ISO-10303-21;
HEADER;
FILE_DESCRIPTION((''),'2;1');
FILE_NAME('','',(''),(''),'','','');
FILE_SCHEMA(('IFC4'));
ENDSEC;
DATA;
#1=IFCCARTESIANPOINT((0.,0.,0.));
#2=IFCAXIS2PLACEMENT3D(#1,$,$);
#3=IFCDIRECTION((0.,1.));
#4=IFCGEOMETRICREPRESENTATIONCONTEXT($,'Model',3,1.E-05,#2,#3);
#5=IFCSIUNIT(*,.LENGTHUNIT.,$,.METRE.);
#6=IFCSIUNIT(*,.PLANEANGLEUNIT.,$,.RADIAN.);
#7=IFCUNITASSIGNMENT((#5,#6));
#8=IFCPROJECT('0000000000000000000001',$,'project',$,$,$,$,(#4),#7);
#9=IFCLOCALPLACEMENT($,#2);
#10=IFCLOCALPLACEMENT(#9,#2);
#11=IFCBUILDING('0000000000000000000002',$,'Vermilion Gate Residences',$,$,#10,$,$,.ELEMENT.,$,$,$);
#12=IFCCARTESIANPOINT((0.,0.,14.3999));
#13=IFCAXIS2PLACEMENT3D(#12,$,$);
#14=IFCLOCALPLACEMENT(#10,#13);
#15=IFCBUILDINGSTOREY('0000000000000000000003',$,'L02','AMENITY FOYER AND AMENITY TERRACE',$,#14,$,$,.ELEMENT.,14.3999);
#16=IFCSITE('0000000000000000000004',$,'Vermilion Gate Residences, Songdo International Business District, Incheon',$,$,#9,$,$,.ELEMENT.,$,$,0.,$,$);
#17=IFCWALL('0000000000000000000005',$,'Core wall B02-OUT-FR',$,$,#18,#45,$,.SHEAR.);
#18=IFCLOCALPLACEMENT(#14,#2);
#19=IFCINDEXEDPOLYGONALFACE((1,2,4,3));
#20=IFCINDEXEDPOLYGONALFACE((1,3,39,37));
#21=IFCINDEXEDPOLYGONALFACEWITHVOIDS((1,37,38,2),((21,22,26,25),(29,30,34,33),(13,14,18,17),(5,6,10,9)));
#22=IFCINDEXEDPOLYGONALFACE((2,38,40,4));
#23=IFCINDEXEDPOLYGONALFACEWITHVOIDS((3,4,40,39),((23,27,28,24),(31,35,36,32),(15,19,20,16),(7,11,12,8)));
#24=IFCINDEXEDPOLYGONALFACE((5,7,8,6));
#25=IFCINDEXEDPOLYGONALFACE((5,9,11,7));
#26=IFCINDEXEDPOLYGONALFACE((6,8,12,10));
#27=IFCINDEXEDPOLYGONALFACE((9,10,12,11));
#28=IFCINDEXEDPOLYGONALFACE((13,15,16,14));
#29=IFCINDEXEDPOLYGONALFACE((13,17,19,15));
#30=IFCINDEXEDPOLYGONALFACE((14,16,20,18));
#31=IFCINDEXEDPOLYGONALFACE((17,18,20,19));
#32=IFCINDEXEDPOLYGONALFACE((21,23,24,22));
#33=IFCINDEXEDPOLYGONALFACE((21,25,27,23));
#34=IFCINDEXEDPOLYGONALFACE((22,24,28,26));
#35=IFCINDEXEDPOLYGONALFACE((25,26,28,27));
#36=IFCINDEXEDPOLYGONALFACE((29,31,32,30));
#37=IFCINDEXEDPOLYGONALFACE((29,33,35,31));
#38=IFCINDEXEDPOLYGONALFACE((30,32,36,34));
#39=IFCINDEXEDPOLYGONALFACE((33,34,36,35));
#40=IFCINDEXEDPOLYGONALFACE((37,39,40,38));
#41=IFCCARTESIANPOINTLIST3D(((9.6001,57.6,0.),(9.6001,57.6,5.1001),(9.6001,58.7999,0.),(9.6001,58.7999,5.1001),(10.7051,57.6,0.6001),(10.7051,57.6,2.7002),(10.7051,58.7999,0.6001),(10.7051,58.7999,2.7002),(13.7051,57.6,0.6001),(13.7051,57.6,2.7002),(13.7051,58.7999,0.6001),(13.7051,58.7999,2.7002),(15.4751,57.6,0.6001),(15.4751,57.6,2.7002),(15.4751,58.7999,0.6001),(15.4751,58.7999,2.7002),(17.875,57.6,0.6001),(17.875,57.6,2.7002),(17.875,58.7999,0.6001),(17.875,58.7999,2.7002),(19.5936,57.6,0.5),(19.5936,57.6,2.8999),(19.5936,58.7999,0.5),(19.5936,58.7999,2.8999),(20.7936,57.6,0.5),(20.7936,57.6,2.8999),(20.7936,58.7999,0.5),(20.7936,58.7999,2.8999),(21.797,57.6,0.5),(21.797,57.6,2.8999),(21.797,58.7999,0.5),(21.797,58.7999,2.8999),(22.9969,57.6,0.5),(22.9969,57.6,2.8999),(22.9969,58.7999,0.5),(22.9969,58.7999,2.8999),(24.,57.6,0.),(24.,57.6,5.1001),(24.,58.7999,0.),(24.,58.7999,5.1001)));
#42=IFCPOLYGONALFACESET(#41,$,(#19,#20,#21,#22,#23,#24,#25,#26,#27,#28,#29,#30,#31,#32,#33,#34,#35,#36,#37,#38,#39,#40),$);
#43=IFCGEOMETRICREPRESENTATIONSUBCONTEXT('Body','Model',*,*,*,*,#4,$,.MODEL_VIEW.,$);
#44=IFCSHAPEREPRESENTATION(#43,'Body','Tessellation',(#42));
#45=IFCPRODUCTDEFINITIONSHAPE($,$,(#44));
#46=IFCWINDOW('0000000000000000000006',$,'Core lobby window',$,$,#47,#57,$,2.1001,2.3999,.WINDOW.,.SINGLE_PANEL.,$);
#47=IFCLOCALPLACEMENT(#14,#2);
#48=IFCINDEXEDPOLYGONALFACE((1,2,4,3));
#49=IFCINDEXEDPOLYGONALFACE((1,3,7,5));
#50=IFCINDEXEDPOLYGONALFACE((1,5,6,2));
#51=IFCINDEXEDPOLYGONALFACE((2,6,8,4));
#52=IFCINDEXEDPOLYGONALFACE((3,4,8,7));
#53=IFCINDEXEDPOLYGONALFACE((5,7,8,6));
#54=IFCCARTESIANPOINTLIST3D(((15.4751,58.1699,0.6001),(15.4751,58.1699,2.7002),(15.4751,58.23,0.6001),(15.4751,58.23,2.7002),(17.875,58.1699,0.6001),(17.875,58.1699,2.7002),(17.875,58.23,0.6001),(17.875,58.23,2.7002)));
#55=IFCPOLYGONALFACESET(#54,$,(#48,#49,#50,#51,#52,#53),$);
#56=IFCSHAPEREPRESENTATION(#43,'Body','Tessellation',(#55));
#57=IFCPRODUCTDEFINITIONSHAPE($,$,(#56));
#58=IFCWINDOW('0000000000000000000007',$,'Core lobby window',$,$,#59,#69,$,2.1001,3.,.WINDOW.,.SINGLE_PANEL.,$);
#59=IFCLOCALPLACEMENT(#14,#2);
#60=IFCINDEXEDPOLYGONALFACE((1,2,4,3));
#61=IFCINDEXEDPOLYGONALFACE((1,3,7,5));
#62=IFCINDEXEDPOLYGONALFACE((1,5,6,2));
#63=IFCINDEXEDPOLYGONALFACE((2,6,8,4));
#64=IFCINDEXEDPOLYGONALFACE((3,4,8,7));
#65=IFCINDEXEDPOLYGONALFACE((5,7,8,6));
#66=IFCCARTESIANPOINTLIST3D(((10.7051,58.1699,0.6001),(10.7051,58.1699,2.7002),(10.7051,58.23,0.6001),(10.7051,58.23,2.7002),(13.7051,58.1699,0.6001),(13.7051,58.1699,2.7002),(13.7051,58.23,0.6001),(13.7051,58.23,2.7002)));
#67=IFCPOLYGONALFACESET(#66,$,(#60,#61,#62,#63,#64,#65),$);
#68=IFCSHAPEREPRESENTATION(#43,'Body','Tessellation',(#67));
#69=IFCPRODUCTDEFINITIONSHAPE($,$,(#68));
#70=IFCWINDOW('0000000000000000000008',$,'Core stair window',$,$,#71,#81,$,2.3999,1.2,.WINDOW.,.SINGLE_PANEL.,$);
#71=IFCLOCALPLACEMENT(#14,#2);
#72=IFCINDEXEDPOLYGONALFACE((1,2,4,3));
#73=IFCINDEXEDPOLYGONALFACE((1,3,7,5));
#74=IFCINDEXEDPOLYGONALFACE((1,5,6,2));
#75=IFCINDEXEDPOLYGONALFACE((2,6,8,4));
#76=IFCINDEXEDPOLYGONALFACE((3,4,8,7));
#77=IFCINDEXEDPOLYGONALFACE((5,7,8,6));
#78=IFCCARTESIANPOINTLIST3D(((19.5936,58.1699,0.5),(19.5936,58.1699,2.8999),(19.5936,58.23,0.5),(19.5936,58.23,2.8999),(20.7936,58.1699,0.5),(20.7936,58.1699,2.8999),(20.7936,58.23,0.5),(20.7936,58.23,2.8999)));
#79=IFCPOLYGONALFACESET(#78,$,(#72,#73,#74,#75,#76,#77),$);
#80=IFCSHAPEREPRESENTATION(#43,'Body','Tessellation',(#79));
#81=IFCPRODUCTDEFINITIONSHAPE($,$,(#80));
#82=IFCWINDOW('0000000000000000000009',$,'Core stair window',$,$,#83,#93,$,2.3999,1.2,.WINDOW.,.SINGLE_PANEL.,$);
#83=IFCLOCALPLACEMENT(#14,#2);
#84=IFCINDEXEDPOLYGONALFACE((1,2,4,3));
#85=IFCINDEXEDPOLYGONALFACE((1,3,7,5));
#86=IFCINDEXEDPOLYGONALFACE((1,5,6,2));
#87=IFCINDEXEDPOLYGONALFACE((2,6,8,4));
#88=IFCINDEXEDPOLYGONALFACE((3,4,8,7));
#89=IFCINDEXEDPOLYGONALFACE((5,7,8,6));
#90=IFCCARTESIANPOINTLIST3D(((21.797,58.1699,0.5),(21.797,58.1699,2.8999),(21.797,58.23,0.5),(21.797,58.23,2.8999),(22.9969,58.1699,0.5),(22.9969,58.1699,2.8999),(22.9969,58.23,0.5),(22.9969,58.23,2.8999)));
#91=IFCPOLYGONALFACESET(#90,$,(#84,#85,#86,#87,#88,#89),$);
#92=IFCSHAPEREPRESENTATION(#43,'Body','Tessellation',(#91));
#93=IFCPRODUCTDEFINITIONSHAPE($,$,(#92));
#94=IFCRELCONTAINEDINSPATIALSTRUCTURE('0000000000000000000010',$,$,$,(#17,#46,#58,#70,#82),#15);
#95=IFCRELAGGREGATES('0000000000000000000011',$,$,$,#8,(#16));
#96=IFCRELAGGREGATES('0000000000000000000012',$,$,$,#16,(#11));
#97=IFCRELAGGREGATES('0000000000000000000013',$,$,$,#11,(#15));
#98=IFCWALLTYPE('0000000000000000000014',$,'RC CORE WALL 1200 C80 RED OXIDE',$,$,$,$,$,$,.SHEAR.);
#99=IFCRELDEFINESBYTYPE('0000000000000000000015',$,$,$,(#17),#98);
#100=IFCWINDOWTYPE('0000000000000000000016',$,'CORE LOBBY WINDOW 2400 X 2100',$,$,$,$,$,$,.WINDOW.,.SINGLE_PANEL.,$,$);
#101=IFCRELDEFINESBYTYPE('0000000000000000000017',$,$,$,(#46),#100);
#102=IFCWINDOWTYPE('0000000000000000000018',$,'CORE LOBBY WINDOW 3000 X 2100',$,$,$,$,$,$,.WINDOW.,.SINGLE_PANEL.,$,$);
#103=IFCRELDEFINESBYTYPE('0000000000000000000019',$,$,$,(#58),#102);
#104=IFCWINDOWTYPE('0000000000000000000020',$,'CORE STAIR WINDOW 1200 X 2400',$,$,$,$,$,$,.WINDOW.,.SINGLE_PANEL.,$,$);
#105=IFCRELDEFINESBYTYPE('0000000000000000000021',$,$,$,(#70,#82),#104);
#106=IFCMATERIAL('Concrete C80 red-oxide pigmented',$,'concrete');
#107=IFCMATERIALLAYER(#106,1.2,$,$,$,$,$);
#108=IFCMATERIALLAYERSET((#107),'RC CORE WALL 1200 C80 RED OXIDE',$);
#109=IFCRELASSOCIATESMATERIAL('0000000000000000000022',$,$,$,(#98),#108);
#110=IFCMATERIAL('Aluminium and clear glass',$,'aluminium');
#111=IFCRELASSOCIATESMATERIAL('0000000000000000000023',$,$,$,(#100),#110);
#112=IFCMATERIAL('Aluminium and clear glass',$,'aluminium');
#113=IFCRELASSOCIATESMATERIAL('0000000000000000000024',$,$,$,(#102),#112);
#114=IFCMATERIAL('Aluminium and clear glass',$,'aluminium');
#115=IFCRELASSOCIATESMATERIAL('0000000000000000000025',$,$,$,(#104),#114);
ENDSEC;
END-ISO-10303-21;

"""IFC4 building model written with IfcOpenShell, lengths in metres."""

from ifc_helpers import new_model, si_unit, direction, frame, frame_2d, origin, place, context, subcontext, project, spatial, rectangle, extrude, material, layer, layer_set, type_object, element, fill, save


model = new_model("IFC4")

# Units and contexts
model_context = context("Model", 3, precision=1e-05, world=origin(), true_north=direction((0.0, 1.0)))
body_context = subcontext(model_context, "Body", "Model", "MODEL_VIEW")
ifc_project = project(units=[si_unit("LENGTHUNIT", "METRE"), si_unit("PLANEANGLEUNIT", "RADIAN")], contexts=[model_context])

# Site, building, storey
site_placement = place(None, origin())
site = spatial("IfcSite", under=ifc_project, at=site_placement, Name="Vermilion Gate Residences, Songdo International Business District, Incheon", CompositionType="ELEMENT", RefElevation=0.0)
building_placement = place(site_placement, origin())
building = spatial("IfcBuilding", under=site, at=building_placement, Name="Vermilion Gate Residences", CompositionType="ELEMENT")
storey_placement = place(building_placement, frame((0.0, 0.0, 14.3999)))
storey = spatial("IfcBuildingStorey", under=building, at=storey_placement, Name="L02", Description="AMENITY FOYER AND AMENITY TERRACE", CompositionType="ELEMENT", Elevation=14.3999)

# Wall, openings, windows
ifc_material_1 = material(Name="Concrete C80 red-oxide pigmented", Category="concrete")
ifc_layer_1 = layer(ifc_material_1, 1.2)
ifc_layer_set_1 = layer_set([ifc_layer_1], Name="RC CORE WALL 1200 C80 RED OXIDE")
wall_type_1 = type_object("IfcWallType", Name="RC CORE WALL 1200 C80 RED OXIDE", PredefinedType="SHEAR", material=ifc_layer_set_1)
wall_1_placement = place(storey_placement, frame((9.6001, 58.2, 0.0), z_axis=(0.0, 0.0, 1.0), x_axis=(1.0, 0.0, 0.0)))
wall_1 = element("IfcWall", 1, at=wall_1_placement, inside=storey, type_object=wall_type_1, Name="Core wall B02-OUT-FR", PredefinedType="SHEAR", context=body_context, shape_type="SweptSolid", body=[
    extrude(rectangle(XDim=14.3999, YDim=1.2, at=frame_2d((7.2, 0.0))), origin(), (0.0, 0.0, 1.0), 5.1001),
])
opening_1_placement = place(wall_1_placement, frame((1.105, 0.0, 0.6001)))
opening_1 = element("IfcOpeningElement", 2, at=opening_1_placement, cuts=wall_1, PredefinedType="OPENING", context=body_context, shape_type="SweptSolid", body=[
    extrude(rectangle(XDim=3.0, YDim=2.1001, at=frame_2d((1.5, 1.05))), frame((0.0, 0.6099, 0.0), z_axis=(0.0, -1.0, 0.0), x_axis=(1.0, 0.0, 0.0)), (0.0, 0.0, 1.0), 1.22),
])
opening_2_placement = place(wall_1_placement, frame((5.875, 0.0, 0.6001)))
opening_2 = element("IfcOpeningElement", 3, at=opening_2_placement, cuts=wall_1, PredefinedType="OPENING", context=body_context, shape_type="SweptSolid", body=[
    extrude(rectangle(XDim=2.3999, YDim=2.1001, at=frame_2d((1.2, 1.05))), frame((0.0, 0.6099, 0.0), z_axis=(0.0, -1.0, 0.0), x_axis=(1.0, 0.0, 0.0)), (0.0, 0.0, 1.0), 1.22),
])
opening_3_placement = place(wall_1_placement, frame((9.9934, 0.0, 0.5)))
opening_3 = element("IfcOpeningElement", 4, at=opening_3_placement, cuts=wall_1, PredefinedType="OPENING", context=body_context, shape_type="SweptSolid", body=[
    extrude(rectangle(XDim=1.2, YDim=2.3999, at=frame_2d((0.6001, 1.2))), frame((0.0, 0.6099, 0.0), z_axis=(0.0, -1.0, 0.0), x_axis=(1.0, 0.0, 0.0)), (0.0, 0.0, 1.0), 1.22),
])
opening_4_placement = place(wall_1_placement, frame((12.1968, 0.0, 0.5)))
opening_4 = element("IfcOpeningElement", 5, at=opening_4_placement, cuts=wall_1, PredefinedType="OPENING", context=body_context, shape_type="SweptSolid", body=[
    extrude(rectangle(XDim=1.2, YDim=2.3999, at=frame_2d((0.6001, 1.2))), frame((0.0, 0.6099, 0.0), z_axis=(0.0, -1.0, 0.0), x_axis=(1.0, 0.0, 0.0)), (0.0, 0.0, 1.0), 1.22),
])
ifc_material_2 = material(Name="Aluminium and clear glass", Category="aluminium")
window_type_1 = type_object("IfcWindowType", Name="CORE LOBBY WINDOW 2400 X 2100", PartitioningType="SINGLE_PANEL", PredefinedType="WINDOW", material=ifc_material_2)
window_1_placement = place(opening_2_placement, origin())
window_1 = element("IfcWindow", 6, at=window_1_placement, inside=storey, type_object=window_type_1, Name="Core lobby window", OverallHeight=2.1001, OverallWidth=2.3999, PartitioningType="SINGLE_PANEL", PredefinedType="WINDOW", context=body_context, shape_type="SweptSolid", body=[
    extrude(rectangle(XDim=2.3999, YDim=2.1001, at=frame_2d((1.2, 1.05))), frame((0.0, 0.03, 0.0), z_axis=(0.0, -1.0, 0.0), x_axis=(1.0, 0.0, 0.0)), (0.0, 0.0, 1.0), 0.0601),
])
fill(opening_2, window_1)
ifc_material_3 = material(Name="Aluminium and clear glass", Category="aluminium")
window_type_2 = type_object("IfcWindowType", Name="CORE LOBBY WINDOW 3000 X 2100", PartitioningType="SINGLE_PANEL", PredefinedType="WINDOW", material=ifc_material_3)
window_2_placement = place(opening_1_placement, origin())
window_2 = element("IfcWindow", 7, at=window_2_placement, inside=storey, type_object=window_type_2, Name="Core lobby window", OverallHeight=2.1001, OverallWidth=3.0, PartitioningType="SINGLE_PANEL", PredefinedType="WINDOW", context=body_context, shape_type="SweptSolid", body=[
    extrude(rectangle(XDim=3.0, YDim=2.1001, at=frame_2d((1.5, 1.05))), frame((0.0, 0.03, 0.0), z_axis=(0.0, -1.0, 0.0), x_axis=(1.0, 0.0, 0.0)), (0.0, 0.0, 1.0), 0.0601),
])
fill(opening_1, window_2)
ifc_material_4 = material(Name="Aluminium and clear glass", Category="aluminium")
window_type_3 = type_object("IfcWindowType", Name="CORE STAIR WINDOW 1200 X 2400", PartitioningType="SINGLE_PANEL", PredefinedType="WINDOW", material=ifc_material_4)
window_3_placement = place(opening_3_placement, origin())
window_3 = element("IfcWindow", 8, at=window_3_placement, inside=storey, type_object=window_type_3, Name="Core stair window", OverallHeight=2.3999, OverallWidth=1.2, PartitioningType="SINGLE_PANEL", PredefinedType="WINDOW", context=body_context, shape_type="SweptSolid", body=[
    extrude(rectangle(XDim=1.2, YDim=2.3999, at=frame_2d((0.6001, 1.2))), frame((0.0, 0.03, 0.0), z_axis=(0.0, -1.0, 0.0), x_axis=(1.0, 0.0, 0.0)), (0.0, 0.0, 1.0), 0.0601),
])
fill(opening_3, window_3)
window_4_placement = place(opening_4_placement, origin())
window_4 = element("IfcWindow", 9, at=window_4_placement, inside=storey, type_object=window_type_3, Name="Core stair window", OverallHeight=2.3999, OverallWidth=1.2, PartitioningType="SINGLE_PANEL", PredefinedType="WINDOW", context=body_context, shape_type="SweptSolid", body=[
    extrude(rectangle(XDim=1.2, YDim=2.3999, at=frame_2d((0.6001, 1.2))), frame((0.0, 0.03, 0.0), z_axis=(0.0, -1.0, 0.0), x_axis=(1.0, 0.0, 0.0)), (0.0, 0.0, 1.0), 0.0601),
])
fill(opening_4, window_4)

save(model, "model.ifc")
